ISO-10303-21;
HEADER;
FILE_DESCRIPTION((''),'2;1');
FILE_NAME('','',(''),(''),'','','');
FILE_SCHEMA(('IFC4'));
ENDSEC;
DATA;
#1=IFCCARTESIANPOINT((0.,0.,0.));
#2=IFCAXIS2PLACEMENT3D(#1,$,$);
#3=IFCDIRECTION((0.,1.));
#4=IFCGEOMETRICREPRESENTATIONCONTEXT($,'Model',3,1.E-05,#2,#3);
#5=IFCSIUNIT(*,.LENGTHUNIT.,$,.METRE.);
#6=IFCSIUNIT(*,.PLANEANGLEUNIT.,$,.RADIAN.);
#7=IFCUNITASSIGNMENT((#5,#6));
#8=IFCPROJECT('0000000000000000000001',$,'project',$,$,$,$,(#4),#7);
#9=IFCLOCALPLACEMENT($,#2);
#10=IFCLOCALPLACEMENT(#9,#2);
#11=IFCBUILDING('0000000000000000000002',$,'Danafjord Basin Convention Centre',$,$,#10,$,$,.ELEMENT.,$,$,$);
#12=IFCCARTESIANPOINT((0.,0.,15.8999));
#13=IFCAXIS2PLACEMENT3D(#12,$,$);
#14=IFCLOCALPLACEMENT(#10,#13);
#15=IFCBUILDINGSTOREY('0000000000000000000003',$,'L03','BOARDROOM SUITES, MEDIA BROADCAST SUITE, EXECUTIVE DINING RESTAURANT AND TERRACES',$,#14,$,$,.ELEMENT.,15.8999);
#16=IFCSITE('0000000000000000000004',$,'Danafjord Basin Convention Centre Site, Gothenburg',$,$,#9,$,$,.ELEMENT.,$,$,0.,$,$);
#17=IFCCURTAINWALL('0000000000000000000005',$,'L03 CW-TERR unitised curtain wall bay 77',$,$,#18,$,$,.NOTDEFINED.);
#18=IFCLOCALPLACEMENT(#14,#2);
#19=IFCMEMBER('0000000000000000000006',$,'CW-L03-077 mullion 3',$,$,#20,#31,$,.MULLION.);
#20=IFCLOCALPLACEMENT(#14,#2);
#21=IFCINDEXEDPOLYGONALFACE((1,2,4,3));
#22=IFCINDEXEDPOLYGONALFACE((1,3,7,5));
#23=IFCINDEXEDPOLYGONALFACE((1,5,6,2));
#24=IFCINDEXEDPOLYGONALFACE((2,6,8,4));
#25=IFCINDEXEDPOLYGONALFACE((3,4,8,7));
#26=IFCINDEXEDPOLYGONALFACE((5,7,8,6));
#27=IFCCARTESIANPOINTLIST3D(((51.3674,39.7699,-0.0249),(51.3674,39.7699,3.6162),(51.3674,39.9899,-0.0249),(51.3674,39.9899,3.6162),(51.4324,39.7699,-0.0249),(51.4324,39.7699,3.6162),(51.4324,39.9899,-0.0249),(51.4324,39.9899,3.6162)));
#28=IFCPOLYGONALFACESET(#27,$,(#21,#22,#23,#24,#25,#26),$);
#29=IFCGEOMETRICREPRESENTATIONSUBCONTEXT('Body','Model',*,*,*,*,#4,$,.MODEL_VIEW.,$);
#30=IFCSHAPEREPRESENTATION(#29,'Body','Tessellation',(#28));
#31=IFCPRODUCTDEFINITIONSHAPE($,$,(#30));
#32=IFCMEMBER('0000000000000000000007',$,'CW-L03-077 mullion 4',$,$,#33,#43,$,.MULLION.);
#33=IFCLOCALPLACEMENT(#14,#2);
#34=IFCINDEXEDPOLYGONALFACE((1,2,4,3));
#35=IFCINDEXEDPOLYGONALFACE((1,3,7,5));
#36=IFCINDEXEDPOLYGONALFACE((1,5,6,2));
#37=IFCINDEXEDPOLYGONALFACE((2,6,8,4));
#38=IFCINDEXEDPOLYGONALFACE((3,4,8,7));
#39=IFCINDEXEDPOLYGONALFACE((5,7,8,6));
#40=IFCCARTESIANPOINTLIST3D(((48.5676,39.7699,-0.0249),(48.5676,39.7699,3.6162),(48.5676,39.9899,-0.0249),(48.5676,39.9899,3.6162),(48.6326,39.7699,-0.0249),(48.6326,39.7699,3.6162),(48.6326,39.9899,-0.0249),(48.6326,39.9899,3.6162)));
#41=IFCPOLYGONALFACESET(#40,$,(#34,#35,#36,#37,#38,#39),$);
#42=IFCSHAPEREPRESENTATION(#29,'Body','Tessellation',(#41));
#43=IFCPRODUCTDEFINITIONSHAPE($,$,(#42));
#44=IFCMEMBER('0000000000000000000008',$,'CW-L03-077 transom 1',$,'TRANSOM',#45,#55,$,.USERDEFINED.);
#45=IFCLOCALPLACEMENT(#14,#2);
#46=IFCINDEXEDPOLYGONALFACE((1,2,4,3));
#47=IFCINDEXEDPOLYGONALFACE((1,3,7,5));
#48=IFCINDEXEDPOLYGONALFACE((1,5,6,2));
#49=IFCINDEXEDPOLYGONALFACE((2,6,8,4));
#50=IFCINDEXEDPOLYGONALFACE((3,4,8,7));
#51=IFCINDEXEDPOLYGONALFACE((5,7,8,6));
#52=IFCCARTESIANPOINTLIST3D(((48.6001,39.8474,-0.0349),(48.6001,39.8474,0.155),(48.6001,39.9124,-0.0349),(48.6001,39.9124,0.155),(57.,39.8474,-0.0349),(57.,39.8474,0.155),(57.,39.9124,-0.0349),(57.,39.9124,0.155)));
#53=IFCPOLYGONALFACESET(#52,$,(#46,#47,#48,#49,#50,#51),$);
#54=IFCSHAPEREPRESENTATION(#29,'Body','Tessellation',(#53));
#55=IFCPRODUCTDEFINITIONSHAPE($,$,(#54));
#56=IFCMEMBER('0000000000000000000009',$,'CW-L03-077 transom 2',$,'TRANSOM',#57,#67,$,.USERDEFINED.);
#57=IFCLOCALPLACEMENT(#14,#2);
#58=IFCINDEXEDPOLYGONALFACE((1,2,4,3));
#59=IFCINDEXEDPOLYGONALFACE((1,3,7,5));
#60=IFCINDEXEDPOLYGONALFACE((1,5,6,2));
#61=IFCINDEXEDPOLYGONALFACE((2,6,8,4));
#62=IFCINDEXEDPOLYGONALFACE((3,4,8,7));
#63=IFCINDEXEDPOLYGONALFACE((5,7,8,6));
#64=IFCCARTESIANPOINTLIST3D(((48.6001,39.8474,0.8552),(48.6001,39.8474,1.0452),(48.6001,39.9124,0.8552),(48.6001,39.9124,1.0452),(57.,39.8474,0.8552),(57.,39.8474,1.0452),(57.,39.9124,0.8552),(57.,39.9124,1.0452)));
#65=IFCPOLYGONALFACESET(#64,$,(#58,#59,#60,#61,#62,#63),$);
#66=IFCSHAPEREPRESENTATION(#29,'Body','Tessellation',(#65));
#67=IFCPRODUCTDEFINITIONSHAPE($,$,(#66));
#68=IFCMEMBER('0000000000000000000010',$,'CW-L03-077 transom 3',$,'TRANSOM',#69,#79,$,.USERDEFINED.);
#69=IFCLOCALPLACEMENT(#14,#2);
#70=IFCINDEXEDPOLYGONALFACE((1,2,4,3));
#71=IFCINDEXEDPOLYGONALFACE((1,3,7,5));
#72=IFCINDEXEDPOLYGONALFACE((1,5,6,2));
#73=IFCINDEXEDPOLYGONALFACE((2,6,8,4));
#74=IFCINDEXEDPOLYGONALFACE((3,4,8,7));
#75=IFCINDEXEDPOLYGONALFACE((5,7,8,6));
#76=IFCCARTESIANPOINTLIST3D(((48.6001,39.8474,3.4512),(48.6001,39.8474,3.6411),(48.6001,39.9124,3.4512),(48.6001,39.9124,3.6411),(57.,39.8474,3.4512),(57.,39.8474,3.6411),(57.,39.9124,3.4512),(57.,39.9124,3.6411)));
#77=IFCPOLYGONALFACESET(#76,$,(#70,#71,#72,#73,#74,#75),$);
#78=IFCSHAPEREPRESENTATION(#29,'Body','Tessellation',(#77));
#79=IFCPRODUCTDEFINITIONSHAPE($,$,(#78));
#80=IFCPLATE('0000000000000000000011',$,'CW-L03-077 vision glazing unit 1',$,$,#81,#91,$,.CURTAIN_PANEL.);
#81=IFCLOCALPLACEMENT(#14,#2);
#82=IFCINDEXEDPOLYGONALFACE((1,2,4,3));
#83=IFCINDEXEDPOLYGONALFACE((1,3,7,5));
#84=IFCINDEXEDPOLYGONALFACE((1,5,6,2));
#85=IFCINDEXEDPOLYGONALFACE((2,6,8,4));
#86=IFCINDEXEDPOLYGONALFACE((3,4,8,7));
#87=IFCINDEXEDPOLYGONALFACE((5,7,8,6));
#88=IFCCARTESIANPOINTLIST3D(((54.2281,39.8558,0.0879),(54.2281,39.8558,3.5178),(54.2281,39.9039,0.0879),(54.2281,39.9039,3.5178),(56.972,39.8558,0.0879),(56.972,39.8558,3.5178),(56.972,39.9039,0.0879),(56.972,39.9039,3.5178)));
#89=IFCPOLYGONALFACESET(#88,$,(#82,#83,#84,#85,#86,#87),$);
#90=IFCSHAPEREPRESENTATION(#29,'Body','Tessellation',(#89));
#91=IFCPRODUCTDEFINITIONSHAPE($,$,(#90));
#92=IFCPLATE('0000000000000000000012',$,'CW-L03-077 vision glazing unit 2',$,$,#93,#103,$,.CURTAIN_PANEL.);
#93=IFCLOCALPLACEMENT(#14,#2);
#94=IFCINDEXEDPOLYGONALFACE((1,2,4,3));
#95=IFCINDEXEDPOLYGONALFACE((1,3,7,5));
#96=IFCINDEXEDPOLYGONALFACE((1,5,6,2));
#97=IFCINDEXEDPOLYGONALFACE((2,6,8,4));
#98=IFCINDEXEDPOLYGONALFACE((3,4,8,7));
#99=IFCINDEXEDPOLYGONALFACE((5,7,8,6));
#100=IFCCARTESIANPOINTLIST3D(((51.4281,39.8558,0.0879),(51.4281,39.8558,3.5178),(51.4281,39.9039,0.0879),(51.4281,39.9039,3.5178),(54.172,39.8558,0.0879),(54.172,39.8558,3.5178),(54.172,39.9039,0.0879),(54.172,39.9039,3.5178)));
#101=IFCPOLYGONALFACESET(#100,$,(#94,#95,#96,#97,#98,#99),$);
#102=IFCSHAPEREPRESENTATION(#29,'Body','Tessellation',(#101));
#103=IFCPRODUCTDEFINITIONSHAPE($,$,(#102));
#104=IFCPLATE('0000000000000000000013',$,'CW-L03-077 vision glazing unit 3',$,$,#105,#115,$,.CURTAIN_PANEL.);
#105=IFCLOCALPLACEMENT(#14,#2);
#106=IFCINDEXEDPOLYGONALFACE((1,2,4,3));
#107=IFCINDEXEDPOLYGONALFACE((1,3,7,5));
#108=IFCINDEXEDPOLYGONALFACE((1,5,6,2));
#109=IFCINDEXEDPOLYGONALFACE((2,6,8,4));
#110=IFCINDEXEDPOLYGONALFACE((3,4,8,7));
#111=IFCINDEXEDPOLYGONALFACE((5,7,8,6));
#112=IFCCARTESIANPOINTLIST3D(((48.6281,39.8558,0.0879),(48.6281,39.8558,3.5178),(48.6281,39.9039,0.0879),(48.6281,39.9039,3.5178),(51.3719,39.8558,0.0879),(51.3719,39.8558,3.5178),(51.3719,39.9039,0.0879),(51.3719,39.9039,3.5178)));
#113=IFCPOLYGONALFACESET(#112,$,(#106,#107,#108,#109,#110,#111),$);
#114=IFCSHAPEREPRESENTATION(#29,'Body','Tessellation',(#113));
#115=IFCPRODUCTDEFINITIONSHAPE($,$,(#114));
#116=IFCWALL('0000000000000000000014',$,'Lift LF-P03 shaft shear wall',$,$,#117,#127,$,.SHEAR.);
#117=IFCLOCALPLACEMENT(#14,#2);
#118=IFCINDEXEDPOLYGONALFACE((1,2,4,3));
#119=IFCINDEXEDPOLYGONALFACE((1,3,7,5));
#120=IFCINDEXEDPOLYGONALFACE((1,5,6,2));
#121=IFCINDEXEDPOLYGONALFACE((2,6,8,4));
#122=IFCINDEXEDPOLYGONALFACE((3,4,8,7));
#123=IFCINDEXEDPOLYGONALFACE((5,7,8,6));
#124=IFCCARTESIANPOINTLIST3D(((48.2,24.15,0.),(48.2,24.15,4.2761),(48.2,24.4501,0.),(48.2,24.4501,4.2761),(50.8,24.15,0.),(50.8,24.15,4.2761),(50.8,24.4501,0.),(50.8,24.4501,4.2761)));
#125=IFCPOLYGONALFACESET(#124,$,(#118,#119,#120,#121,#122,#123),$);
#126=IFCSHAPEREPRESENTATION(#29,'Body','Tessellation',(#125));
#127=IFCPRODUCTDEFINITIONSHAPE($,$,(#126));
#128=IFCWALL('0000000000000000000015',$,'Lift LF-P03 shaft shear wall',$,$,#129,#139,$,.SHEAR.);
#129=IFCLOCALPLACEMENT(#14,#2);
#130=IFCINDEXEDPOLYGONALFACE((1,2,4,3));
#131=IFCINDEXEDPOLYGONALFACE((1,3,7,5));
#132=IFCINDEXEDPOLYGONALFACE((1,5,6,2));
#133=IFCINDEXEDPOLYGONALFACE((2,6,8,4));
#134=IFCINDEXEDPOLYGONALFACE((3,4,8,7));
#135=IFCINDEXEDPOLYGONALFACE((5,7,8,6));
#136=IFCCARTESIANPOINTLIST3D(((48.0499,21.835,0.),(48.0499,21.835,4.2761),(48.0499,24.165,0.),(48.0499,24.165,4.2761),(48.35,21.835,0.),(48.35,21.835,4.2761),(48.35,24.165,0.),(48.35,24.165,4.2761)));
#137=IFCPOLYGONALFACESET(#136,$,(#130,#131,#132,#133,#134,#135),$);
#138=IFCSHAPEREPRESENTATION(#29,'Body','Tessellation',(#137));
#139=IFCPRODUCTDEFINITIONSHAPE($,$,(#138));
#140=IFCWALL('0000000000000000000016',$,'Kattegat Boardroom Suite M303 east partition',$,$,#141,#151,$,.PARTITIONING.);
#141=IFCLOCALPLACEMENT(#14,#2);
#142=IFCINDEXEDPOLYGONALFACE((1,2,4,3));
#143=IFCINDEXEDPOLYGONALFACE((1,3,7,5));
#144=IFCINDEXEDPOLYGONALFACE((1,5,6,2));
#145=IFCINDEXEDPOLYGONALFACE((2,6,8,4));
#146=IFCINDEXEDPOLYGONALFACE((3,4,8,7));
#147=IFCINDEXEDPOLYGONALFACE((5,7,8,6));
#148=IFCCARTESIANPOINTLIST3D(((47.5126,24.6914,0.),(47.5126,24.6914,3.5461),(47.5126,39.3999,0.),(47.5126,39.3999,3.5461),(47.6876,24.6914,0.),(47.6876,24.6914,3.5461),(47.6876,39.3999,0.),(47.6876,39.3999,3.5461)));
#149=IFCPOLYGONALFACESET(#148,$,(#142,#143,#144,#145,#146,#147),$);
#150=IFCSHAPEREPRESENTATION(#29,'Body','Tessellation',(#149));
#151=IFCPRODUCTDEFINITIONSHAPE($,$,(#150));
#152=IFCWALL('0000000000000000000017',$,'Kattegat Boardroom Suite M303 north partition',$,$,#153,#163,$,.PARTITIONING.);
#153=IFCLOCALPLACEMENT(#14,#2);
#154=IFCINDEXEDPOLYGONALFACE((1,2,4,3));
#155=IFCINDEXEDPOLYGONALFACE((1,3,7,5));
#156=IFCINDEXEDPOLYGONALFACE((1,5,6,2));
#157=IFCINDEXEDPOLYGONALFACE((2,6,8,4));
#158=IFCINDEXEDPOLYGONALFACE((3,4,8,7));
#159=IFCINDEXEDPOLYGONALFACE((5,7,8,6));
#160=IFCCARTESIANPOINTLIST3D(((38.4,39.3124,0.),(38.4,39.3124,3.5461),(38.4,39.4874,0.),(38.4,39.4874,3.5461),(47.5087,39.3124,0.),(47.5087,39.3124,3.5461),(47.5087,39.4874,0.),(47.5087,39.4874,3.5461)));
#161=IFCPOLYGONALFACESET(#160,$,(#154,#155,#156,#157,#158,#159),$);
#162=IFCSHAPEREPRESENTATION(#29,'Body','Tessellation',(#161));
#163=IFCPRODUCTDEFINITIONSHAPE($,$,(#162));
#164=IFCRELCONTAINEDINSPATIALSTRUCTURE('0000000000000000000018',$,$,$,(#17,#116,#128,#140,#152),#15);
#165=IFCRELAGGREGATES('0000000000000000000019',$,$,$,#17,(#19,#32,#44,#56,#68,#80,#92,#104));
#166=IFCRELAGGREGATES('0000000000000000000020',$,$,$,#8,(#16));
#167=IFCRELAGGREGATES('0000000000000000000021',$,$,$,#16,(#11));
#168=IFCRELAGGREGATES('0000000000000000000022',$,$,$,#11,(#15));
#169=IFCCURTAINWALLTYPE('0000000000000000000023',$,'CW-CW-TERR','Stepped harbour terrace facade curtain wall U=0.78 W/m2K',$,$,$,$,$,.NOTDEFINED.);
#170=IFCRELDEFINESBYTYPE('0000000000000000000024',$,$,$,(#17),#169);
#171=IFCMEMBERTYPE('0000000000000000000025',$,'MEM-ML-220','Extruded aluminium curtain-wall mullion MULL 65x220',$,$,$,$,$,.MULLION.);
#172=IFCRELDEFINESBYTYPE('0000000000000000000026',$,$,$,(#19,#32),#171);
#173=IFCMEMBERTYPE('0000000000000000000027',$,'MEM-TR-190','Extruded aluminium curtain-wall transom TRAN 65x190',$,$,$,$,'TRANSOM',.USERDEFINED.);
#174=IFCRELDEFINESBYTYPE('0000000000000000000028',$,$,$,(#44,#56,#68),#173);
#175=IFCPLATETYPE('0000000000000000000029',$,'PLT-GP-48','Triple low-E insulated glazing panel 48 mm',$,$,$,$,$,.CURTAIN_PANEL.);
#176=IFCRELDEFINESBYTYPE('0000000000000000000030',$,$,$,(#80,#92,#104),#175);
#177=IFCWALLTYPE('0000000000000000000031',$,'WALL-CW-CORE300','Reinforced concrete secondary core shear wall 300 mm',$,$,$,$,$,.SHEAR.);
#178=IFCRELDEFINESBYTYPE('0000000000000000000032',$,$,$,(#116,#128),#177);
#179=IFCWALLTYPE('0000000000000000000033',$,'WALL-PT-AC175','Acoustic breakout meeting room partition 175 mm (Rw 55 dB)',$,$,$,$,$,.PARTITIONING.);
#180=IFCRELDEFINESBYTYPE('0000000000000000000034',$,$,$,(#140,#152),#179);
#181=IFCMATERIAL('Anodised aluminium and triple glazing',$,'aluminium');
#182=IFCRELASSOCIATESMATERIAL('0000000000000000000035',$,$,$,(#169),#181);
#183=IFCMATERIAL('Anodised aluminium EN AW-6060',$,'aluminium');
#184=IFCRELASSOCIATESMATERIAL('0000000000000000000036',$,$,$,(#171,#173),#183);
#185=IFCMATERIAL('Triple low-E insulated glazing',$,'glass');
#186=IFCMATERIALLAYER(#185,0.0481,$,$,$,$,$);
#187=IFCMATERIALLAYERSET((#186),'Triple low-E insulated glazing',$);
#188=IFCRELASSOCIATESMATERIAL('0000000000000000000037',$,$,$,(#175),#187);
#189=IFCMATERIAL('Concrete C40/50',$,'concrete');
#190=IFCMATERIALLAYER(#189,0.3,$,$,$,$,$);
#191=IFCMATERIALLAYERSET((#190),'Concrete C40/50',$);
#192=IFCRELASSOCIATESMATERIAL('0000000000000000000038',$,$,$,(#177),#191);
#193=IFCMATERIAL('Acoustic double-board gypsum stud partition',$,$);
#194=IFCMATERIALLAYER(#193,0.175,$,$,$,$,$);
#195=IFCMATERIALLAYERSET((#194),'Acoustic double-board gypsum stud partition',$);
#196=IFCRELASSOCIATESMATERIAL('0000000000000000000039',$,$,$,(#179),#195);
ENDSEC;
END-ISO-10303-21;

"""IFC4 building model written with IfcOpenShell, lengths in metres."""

from ifc_helpers import new_model, si_unit, direction, frame, frame_2d, origin, origin_2d, place, context, subcontext, project, spatial, rectangle, extrude, material, layer, layer_set, material_profile, profile_set, type_object, element, aggregate, save


model = new_model("IFC4")

# Units and contexts
model_context = context("Model", 3, precision=1e-05, world=origin(), true_north=direction((0.0, 1.0)))
body_context = subcontext(model_context, "Body", "Model", "MODEL_VIEW")
ifc_project = project(units=[si_unit("LENGTHUNIT", "METRE"), si_unit("PLANEANGLEUNIT", "RADIAN")], contexts=[model_context])

# Site, building, storey
site_placement = place(None, origin())
site = spatial("IfcSite", under=ifc_project, at=site_placement, Name="Danafjord Basin Convention Centre Site, Gothenburg", CompositionType="ELEMENT", RefElevation=0.0)
building_placement = place(site_placement, origin())
building = spatial("IfcBuilding", under=site, at=building_placement, Name="Danafjord Basin Convention Centre", CompositionType="ELEMENT")
storey_placement = place(building_placement, frame((0.0, 0.0, 15.8999)))
storey = spatial("IfcBuildingStorey", under=building, at=storey_placement, Name="L03", Description="BOARDROOM SUITES, MEDIA BROADCAST SUITE, EXECUTIVE DINING RESTAURANT AND TERRACES", CompositionType="ELEMENT", Elevation=15.8999)

# Curtain wall, members, plates
ifc_material_1 = material(Name="Anodised aluminium and triple glazing", Category="aluminium")
curtain_wall_type = type_object("IfcCurtainWallType", Name="CW-CW-TERR", Description="Stepped harbour terrace facade curtain wall U=0.78 W/m2K", PredefinedType="NOTDEFINED", material=ifc_material_1)
curtain_wall_placement = place(storey_placement, origin())
curtain_wall = element("IfcCurtainWall", 1, at=curtain_wall_placement, inside=storey, type_object=curtain_wall_type, Name="L03 CW-TERR unitised curtain wall bay 77", PredefinedType="NOTDEFINED")
ifc_material_2 = material(Name="Anodised aluminium EN AW-6060", Category="aluminium")
ifc_material_profile_1 = material_profile(ifc_material_2, rectangle(XDim=0.0649, YDim=0.22, at=origin_2d()), Name="MULL 65x220")
ifc_profile_set_1 = profile_set([ifc_material_profile_1], Name="Anodised aluminium EN AW-6060")
member_type_1 = type_object("IfcMemberType", Name="MEM-ML-220", Description="Extruded aluminium curtain-wall mullion MULL 65x220", PredefinedType="MULLION", material=ifc_profile_set_1)
member_1_placement = place(storey_placement, frame((51.3999, 39.8799, -0.0249), z_axis=(0.0, 0.0, 1.0), x_axis=(-1.0, 0.0, 0.0)))
member_1 = element("IfcMember", 2, at=member_1_placement, type_object=member_type_1, Name="CW-L03-077 mullion 3", PredefinedType="MULLION", context=body_context, shape_type="SweptSolid", body=[
    extrude(rectangle(XDim=0.0649, YDim=0.22, at=origin_2d()), origin(), (0.0, 0.0, 1.0), 3.6411),
])
member_2_placement = place(storey_placement, frame((48.6001, 39.8799, -0.0249), z_axis=(0.0, 0.0, 1.0), x_axis=(-1.0, 0.0, 0.0)))
member_2 = element("IfcMember", 3, at=member_2_placement, type_object=member_type_1, Name="CW-L03-077 mullion 4", PredefinedType="MULLION", context=body_context, shape_type="SweptSolid", body=[
    extrude(rectangle(XDim=0.0649, YDim=0.22, at=origin_2d()), origin(), (0.0, 0.0, 1.0), 3.6411),
])
ifc_material_profile_2 = material_profile(ifc_material_2, rectangle(XDim=0.0649, YDim=0.1899, at=origin_2d()), Name="TRAN 65x190")
ifc_profile_set_2 = profile_set([ifc_material_profile_2], Name="Anodised aluminium EN AW-6060")
member_type_2 = type_object("IfcMemberType", Name="MEM-TR-190", Description="Extruded aluminium curtain-wall transom TRAN 65x190", ElementType="TRANSOM", PredefinedType="USERDEFINED", material=ifc_profile_set_2)
member_3_placement = place(storey_placement, frame((57.0, 39.8799, 0.0601), z_axis=(-1.0, 0.0, 0.0), x_axis=(0.0, -1.0, 0.0)))
member_3 = element("IfcMember", 4, at=member_3_placement, type_object=member_type_2, Name="CW-L03-077 transom 1", ObjectType="TRANSOM", PredefinedType="USERDEFINED", context=body_context, shape_type="SweptSolid", body=[
    extrude(rectangle(XDim=0.0649, YDim=0.1899, at=origin_2d()), origin(), (0.0, 0.0, 1.0), 8.3999),
])
member_4_placement = place(storey_placement, frame((57.0, 39.8799, 0.9502), z_axis=(-1.0, 0.0, 0.0), x_axis=(0.0, -1.0, 0.0)))
member_4 = element("IfcMember", 5, at=member_4_placement, type_object=member_type_2, Name="CW-L03-077 transom 2", ObjectType="TRANSOM", PredefinedType="USERDEFINED", context=body_context, shape_type="SweptSolid", body=[
    extrude(rectangle(XDim=0.0649, YDim=0.1899, at=origin_2d()), origin(), (0.0, 0.0, 1.0), 8.3999),
])
member_5_placement = place(storey_placement, frame((57.0, 39.8799, 3.5461), z_axis=(-1.0, 0.0, 0.0), x_axis=(0.0, -1.0, 0.0)))
member_5 = element("IfcMember", 6, at=member_5_placement, type_object=member_type_2, Name="CW-L03-077 transom 3", ObjectType="TRANSOM", PredefinedType="USERDEFINED", context=body_context, shape_type="SweptSolid", body=[
    extrude(rectangle(XDim=0.0649, YDim=0.1899, at=origin_2d()), origin(), (0.0, 0.0, 1.0), 8.3999),
])
ifc_material_3 = material(Name="Triple low-E insulated glazing", Category="glass")
ifc_layer_1 = layer(ifc_material_3, 0.0481)
ifc_layer_set_1 = layer_set([ifc_layer_1], Name="Triple low-E insulated glazing")
plate_type = type_object("IfcPlateType", Name="PLT-GP-48", Description="Triple low-E insulated glazing panel 48 mm", PredefinedType="CURTAIN_PANEL", material=ifc_layer_set_1)
plate_1_placement = place(storey_placement, frame((55.6001, 39.8799, 0.0879), z_axis=(0.0, 0.0, 1.0), x_axis=(-1.0, 0.0, 0.0)))
plate_1 = element("IfcPlate", 7, at=plate_1_placement, type_object=plate_type, Name="CW-L03-077 vision glazing unit 1", PredefinedType="CURTAIN_PANEL", context=body_context, shape_type="SweptSolid", body=[
    extrude(rectangle(XDim=2.7439, YDim=0.0481, at=origin_2d()), origin(), (0.0, 0.0, 1.0), 3.4299),
])
plate_2_placement = place(storey_placement, frame((52.8, 39.8799, 0.0879), z_axis=(0.0, 0.0, 1.0), x_axis=(-1.0, 0.0, 0.0)))
plate_2 = element("IfcPlate", 8, at=plate_2_placement, type_object=plate_type, Name="CW-L03-077 vision glazing unit 2", PredefinedType="CURTAIN_PANEL", context=body_context, shape_type="SweptSolid", body=[
    extrude(rectangle(XDim=2.7439, YDim=0.0481, at=origin_2d()), origin(), (0.0, 0.0, 1.0), 3.4299),
])
plate_3_placement = place(storey_placement, frame((50.0, 39.8799, 0.0879), z_axis=(0.0, 0.0, 1.0), x_axis=(-1.0, 0.0, 0.0)))
plate_3 = element("IfcPlate", 9, at=plate_3_placement, type_object=plate_type, Name="CW-L03-077 vision glazing unit 3", PredefinedType="CURTAIN_PANEL", context=body_context, shape_type="SweptSolid", body=[
    extrude(rectangle(XDim=2.7439, YDim=0.0481, at=origin_2d()), origin(), (0.0, 0.0, 1.0), 3.4299),
])
aggregate(curtain_wall, [member_1, member_2, member_3, member_4, member_5, plate_1, plate_2, plate_3])

# Walls
ifc_material_4 = material(Name="Concrete C40/50", Category="concrete")
ifc_layer_2 = layer(ifc_material_4, 0.3)
ifc_layer_set_2 = layer_set([ifc_layer_2], Name="Concrete C40/50")
wall_type_1 = type_object("IfcWallType", Name="WALL-CW-CORE300", Description="Reinforced concrete secondary core shear wall 300 mm", PredefinedType="SHEAR", material=ifc_layer_set_2)
wall_1_placement = place(storey_placement, frame((50.8, 24.3, 0.0), z_axis=(0.0, 0.0, 1.0), x_axis=(-1.0, 0.0, 0.0)))
element("IfcWall", 10, at=wall_1_placement, inside=storey, type_object=wall_type_1, Name="Lift LF-P03 shaft shear wall", PredefinedType="SHEAR", context=body_context, shape_type="SweptSolid", body=[
    extrude(rectangle(XDim=2.6001, YDim=0.3, at=frame_2d((1.3, 0.0))), origin(), (0.0, 0.0, 1.0), 4.2761),
])
wall_2_placement = place(storey_placement, frame((48.2, 24.165, 0.0), z_axis=(0.0, 0.0, 1.0), x_axis=(0.0, -1.0, 0.0)))
element("IfcWall", 11, at=wall_2_placement, inside=storey, type_object=wall_type_1, Name="Lift LF-P03 shaft shear wall", PredefinedType="SHEAR", context=body_context, shape_type="SweptSolid", body=[
    extrude(rectangle(XDim=2.3301, YDim=0.3, at=frame_2d((1.165, 0.0))), origin(), (0.0, 0.0, 1.0), 4.2761),
])
ifc_material_5 = material(Name="Acoustic double-board gypsum stud partition")
ifc_layer_3 = layer(ifc_material_5, 0.175)
ifc_layer_set_3 = layer_set([ifc_layer_3], Name="Acoustic double-board gypsum stud partition")
wall_type_2 = type_object("IfcWallType", Name="WALL-PT-AC175", Description="Acoustic breakout meeting room partition 175 mm (Rw 55 dB)", PredefinedType="PARTITIONING", material=ifc_layer_set_3)
wall_3_placement = place(storey_placement, frame((47.6001, 24.6914, 0.0), z_axis=(0.0, 0.0, 1.0), x_axis=(0.0, 1.0, 0.0)))
element("IfcWall", 12, at=wall_3_placement, inside=storey, type_object=wall_type_2, Name="Kattegat Boardroom Suite M303 east partition", PredefinedType="PARTITIONING", context=body_context, shape_type="SweptSolid", body=[
    extrude(rectangle(XDim=14.7085, YDim=0.175, at=frame_2d((7.3542, 0.0))), origin(), (0.0, 0.0, 1.0), 3.5461),
])
wall_4_placement = place(storey_placement, frame((47.5085, 39.3999, 0.0), z_axis=(0.0, 0.0, 1.0), x_axis=(-1.0, 0.0, 0.0)))
element("IfcWall", 13, at=wall_4_placement, inside=storey, type_object=wall_type_2, Name="Kattegat Boardroom Suite M303 north partition", PredefinedType="PARTITIONING", context=body_context, shape_type="SweptSolid", body=[
    extrude(rectangle(XDim=9.1086, YDim=0.175, at=frame_2d((4.5542, 0.0))), origin(), (0.0, 0.0, 1.0), 3.5461),
])

save(model, "model.ifc")
